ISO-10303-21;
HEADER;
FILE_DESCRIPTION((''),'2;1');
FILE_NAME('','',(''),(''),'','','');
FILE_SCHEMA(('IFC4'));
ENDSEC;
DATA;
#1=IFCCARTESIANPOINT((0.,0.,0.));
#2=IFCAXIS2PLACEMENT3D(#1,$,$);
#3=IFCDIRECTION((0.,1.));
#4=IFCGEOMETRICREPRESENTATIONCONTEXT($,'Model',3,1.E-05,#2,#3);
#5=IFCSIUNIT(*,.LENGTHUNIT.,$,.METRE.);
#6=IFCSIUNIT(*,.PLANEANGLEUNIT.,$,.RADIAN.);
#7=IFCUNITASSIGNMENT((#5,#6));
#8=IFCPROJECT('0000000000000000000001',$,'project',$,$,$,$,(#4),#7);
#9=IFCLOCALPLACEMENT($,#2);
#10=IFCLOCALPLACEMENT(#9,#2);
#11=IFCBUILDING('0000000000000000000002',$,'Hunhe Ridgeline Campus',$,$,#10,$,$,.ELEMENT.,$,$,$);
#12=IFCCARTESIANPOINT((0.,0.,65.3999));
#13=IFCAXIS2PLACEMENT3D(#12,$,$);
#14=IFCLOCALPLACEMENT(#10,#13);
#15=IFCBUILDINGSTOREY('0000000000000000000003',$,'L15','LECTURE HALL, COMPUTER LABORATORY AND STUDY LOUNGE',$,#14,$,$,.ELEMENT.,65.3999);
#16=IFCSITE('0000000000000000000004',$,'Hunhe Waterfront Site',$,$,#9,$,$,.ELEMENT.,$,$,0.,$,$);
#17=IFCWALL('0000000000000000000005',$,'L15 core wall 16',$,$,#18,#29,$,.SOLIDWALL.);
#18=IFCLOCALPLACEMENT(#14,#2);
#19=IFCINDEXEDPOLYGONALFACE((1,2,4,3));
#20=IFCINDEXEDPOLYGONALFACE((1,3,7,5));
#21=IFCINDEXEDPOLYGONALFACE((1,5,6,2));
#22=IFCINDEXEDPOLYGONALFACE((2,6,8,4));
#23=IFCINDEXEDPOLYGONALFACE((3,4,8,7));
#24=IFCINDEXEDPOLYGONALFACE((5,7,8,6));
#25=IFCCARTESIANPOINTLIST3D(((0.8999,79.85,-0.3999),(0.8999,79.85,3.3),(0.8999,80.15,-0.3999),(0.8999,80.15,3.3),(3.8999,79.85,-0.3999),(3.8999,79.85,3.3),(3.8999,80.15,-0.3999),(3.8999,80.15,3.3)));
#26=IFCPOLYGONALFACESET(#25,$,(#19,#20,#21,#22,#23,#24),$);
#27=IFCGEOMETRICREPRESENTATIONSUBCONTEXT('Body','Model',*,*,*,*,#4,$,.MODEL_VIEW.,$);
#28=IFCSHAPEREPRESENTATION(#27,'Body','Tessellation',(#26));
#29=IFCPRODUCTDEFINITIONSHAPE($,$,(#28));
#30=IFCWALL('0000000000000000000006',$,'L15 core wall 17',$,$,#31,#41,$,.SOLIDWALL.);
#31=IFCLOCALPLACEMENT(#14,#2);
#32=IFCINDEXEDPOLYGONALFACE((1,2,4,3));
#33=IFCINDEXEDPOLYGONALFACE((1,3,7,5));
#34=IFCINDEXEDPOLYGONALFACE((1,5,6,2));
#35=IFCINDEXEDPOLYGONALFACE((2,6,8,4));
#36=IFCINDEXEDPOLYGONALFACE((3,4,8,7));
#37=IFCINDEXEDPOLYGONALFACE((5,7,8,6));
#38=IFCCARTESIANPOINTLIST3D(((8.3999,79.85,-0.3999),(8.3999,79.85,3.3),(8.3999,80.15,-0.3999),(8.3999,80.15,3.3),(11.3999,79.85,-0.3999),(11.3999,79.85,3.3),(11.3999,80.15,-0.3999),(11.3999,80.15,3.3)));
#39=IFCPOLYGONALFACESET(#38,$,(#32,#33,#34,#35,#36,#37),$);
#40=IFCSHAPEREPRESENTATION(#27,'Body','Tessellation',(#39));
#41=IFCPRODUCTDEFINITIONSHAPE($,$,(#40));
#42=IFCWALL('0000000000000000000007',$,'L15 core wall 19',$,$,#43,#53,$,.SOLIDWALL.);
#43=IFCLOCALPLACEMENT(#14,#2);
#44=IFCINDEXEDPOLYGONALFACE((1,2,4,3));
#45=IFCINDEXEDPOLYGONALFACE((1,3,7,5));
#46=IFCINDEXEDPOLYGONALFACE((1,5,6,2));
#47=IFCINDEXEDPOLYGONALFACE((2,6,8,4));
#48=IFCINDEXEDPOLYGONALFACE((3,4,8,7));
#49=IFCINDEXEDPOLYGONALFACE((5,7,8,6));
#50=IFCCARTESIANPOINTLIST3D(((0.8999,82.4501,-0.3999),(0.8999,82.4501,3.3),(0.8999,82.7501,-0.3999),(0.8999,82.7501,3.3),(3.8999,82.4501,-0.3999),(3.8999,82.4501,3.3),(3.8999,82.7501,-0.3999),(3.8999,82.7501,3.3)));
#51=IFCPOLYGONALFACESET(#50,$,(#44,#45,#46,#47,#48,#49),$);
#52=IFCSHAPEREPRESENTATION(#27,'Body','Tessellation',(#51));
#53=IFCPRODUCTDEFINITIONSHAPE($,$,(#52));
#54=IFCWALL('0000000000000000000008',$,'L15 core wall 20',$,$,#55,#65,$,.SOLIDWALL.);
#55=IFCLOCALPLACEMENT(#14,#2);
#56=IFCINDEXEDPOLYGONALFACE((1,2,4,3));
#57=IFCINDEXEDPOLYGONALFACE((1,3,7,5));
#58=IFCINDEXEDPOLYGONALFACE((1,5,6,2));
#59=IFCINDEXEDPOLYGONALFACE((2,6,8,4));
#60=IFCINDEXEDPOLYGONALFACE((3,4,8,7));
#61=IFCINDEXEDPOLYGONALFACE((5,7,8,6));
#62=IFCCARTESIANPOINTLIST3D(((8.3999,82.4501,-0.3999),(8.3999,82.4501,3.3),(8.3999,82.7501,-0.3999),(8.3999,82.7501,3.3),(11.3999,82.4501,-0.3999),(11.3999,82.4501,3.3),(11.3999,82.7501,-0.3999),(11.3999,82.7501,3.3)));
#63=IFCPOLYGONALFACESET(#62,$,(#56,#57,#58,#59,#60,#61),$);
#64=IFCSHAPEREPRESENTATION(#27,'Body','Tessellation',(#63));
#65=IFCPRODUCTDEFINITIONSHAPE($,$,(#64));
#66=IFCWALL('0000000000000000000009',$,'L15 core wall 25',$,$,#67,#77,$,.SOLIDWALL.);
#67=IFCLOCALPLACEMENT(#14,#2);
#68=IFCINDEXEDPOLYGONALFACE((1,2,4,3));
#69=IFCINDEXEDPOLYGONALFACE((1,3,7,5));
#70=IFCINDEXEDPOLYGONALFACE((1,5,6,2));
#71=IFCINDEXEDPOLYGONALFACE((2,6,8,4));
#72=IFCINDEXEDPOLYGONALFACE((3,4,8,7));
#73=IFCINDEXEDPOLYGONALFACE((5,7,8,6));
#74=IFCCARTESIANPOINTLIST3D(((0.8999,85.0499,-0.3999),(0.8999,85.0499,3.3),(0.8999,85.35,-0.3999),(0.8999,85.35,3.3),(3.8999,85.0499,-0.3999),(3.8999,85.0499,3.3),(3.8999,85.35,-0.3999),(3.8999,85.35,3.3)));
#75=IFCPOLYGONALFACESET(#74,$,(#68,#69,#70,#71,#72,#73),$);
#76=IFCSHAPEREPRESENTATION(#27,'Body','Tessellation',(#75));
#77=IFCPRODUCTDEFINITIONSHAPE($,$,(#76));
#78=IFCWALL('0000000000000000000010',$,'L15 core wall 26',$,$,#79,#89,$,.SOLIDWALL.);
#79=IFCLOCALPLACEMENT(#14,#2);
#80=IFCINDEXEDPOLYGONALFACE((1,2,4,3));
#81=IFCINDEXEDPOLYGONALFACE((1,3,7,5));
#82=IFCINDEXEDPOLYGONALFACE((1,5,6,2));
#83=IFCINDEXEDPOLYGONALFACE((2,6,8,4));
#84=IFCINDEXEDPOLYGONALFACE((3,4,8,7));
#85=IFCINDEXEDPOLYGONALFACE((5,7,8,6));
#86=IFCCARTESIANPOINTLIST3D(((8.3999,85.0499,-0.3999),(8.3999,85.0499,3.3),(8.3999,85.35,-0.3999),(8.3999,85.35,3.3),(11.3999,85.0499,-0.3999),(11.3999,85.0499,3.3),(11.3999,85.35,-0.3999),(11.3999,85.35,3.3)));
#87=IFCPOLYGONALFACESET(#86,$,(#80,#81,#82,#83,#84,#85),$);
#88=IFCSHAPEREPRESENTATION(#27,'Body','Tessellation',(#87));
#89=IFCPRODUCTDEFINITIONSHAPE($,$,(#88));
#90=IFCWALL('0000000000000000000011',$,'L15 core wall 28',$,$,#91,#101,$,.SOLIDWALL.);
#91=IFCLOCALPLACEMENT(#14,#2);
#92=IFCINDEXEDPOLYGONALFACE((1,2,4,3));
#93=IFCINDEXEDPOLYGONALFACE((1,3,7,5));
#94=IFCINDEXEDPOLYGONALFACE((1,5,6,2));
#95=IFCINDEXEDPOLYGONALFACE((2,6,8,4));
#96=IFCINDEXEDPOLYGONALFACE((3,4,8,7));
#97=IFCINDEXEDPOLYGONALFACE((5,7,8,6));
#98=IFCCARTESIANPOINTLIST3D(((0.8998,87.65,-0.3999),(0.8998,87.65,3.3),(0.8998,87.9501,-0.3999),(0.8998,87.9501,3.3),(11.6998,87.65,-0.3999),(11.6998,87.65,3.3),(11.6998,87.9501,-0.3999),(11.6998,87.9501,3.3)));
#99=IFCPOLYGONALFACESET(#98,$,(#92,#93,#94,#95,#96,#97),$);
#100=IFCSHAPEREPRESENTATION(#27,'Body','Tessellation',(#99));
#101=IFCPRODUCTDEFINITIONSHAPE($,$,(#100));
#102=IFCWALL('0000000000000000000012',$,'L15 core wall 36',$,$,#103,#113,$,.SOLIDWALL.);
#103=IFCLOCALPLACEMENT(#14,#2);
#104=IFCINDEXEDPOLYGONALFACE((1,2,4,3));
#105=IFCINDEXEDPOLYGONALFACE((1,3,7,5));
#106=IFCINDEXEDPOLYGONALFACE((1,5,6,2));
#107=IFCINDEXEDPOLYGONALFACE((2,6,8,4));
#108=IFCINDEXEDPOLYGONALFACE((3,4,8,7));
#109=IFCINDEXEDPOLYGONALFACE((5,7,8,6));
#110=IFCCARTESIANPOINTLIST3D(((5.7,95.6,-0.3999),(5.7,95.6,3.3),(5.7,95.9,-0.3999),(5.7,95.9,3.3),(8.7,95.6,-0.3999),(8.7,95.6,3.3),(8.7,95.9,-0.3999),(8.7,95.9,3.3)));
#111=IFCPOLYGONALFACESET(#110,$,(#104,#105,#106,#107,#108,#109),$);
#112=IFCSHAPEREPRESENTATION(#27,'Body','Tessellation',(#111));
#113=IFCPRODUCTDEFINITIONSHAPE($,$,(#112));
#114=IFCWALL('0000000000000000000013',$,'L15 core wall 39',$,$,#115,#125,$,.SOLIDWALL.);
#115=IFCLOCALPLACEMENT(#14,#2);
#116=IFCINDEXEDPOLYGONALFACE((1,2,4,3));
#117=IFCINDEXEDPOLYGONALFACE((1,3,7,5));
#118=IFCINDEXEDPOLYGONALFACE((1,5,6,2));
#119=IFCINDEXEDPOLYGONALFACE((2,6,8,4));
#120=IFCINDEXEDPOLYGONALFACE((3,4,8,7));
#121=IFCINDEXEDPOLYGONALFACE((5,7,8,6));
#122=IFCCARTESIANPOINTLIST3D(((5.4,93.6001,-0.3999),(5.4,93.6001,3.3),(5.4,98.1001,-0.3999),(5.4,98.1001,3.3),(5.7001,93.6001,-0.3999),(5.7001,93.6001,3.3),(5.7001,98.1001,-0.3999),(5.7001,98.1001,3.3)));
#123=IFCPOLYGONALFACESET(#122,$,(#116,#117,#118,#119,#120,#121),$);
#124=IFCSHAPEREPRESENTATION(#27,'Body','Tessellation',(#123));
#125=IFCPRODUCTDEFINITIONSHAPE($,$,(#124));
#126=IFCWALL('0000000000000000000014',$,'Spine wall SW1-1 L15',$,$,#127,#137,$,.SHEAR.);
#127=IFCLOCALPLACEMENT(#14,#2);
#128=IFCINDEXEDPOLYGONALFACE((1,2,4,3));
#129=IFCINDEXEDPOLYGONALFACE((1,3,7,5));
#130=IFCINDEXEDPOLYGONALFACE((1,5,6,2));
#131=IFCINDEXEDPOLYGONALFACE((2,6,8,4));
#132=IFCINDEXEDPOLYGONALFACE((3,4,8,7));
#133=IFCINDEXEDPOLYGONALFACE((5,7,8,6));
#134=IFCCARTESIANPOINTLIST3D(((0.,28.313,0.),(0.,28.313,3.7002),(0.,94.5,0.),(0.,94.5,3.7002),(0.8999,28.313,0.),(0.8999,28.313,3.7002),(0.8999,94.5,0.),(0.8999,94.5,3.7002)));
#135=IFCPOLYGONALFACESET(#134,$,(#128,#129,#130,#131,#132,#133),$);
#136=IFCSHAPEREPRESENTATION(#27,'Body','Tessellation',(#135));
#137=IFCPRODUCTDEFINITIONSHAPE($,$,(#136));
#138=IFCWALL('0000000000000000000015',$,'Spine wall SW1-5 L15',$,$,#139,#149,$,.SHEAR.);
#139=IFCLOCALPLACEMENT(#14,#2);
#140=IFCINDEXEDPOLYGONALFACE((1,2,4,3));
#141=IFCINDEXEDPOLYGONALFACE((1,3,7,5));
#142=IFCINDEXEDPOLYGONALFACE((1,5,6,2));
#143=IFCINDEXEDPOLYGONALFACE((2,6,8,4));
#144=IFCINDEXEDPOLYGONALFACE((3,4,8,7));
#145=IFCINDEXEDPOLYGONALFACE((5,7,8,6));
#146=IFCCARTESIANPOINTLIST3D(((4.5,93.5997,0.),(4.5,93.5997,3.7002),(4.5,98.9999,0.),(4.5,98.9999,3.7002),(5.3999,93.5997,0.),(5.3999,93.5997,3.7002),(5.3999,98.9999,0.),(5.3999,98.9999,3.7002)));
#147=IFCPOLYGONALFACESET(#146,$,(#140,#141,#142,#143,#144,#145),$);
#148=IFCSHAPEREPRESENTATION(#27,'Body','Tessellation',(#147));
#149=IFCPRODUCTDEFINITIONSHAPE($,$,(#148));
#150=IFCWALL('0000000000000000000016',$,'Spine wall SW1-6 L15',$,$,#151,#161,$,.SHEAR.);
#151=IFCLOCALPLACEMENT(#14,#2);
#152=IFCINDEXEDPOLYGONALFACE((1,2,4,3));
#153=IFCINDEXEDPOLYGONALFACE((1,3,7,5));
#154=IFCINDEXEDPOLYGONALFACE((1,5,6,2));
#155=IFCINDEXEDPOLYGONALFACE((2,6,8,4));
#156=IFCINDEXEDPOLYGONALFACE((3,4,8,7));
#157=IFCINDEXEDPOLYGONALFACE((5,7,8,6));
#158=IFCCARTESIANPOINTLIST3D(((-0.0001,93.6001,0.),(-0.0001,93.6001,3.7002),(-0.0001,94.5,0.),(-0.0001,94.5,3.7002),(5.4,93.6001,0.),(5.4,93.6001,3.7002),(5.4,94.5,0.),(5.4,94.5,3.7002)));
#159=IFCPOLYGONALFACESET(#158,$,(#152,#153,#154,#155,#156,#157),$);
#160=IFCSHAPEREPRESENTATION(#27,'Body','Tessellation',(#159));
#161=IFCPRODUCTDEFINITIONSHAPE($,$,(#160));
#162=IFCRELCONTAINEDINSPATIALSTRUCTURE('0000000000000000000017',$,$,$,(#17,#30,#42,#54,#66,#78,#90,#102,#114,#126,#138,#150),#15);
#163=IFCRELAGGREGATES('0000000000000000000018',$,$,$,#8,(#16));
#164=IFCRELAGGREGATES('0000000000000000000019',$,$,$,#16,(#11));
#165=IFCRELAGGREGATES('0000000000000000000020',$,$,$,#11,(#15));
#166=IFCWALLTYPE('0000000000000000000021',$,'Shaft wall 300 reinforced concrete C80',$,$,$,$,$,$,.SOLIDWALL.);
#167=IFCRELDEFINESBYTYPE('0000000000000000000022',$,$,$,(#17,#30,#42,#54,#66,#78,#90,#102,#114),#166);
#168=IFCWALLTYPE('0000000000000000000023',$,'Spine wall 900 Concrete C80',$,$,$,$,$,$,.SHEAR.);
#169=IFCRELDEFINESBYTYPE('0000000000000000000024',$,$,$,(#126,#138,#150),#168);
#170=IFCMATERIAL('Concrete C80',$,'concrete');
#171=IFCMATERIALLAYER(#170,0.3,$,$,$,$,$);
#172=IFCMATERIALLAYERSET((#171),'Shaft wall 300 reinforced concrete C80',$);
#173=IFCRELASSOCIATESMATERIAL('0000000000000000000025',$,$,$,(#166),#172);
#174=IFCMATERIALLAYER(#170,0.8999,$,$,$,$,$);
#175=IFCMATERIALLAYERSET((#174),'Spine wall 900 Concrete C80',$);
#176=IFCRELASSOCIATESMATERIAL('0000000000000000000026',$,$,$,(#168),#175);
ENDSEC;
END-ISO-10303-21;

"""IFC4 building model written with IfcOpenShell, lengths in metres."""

from ifc_helpers import new_model, si_unit, direction, frame, frame_2d, origin, place, context, subcontext, project, spatial, rectangle, extrude, material, layer, layer_set, type_object, element, save


model = new_model("IFC4")

# Units and contexts
model_context = context("Model", 3, precision=1e-05, world=origin(), true_north=direction((0.0, 1.0)))
body_context = subcontext(model_context, "Body", "Model", "MODEL_VIEW")
ifc_project = project(units=[si_unit("LENGTHUNIT", "METRE"), si_unit("PLANEANGLEUNIT", "RADIAN")], contexts=[model_context])

# Site, building, storey
site_placement = place(None, origin())
site = spatial("IfcSite", under=ifc_project, at=site_placement, Name="Hunhe Waterfront Site", CompositionType="ELEMENT", RefElevation=0.0)
building_placement = place(site_placement, origin())
building = spatial("IfcBuilding", under=site, at=building_placement, Name="Hunhe Ridgeline Campus", CompositionType="ELEMENT")
storey_placement = place(building_placement, frame((0.0, 0.0, 65.3999)))
storey = spatial("IfcBuildingStorey", under=building, at=storey_placement, Name="L15", Description="LECTURE HALL, COMPUTER LABORATORY AND STUDY LOUNGE", CompositionType="ELEMENT", Elevation=65.3999)

# Shared definitions
ifc_material_1 = material(Name="Concrete C80", Category="concrete")

# Walls
ifc_layer_1 = layer(ifc_material_1, 0.3)
ifc_layer_set_1 = layer_set([ifc_layer_1], Name="Shaft wall 300 reinforced concrete C80")
wall_type_1 = type_object("IfcWallType", Name="Shaft wall 300 reinforced concrete C80", PredefinedType="SOLIDWALL", material=ifc_layer_set_1)
for number, where, z_axis, x_axis, name in (
    (1, (0.8999, 80.0, -0.3999), (0.0, 0.0, 1.0), (1.0, 0.0, 0.0), "L15 core wall 16"),
    (2, (8.3999, 80.0, -0.3999), (0.0, 0.0, 1.0), (1.0, 0.0, 0.0), "L15 core wall 17"),
    (3, (0.8999, 82.6001, -0.3999), (0.0, 0.0, 1.0), (1.0, 0.0, 0.0), "L15 core wall 19"),
    (4, (8.3999, 82.6001, -0.3999), (0.0, 0.0, 1.0), (1.0, 0.0, 0.0), "L15 core wall 20"),
    (5, (0.8999, 85.2, -0.3999), (0.0, 0.0, 1.0), (1.0, 0.0, 0.0), "L15 core wall 25"),
    (6, (8.3999, 85.2, -0.3999), (0.0, 0.0, 1.0), (1.0, 0.0, 0.0), "L15 core wall 26"),
):
    element("IfcWall", number, at=place(storey_placement, frame(where, z_axis=z_axis, x_axis=x_axis)), inside=storey, type_object=wall_type_1, Name=name, PredefinedType="SOLIDWALL", context=body_context, shape_type="SweptSolid", body=[
        extrude(rectangle(XDim=3.0, YDim=0.3, at=frame_2d((1.5, 0.0))), origin(), (0.0, 0.0, 1.0), 3.7),
    ])
wall_1_placement = place(storey_placement, frame((0.8999, 87.8, -0.3999), z_axis=(0.0, 0.0, 1.0), x_axis=(1.0, 0.0, 0.0)))
element("IfcWall", 7, at=wall_1_placement, inside=storey, type_object=wall_type_1, Name="L15 core wall 28", PredefinedType="SOLIDWALL", context=body_context, shape_type="SweptSolid", body=[
    extrude(rectangle(XDim=10.8, YDim=0.3, at=frame_2d((5.3999, 0.0))), origin(), (0.0, 0.0, 1.0), 3.7),
])

# Walls
wall_2_placement = place(storey_placement, frame((5.7, 95.75, -0.3999), z_axis=(0.0, 0.0, 1.0), x_axis=(1.0, 0.0, 0.0)))
element("IfcWall", 8, at=wall_2_placement, inside=storey, type_object=wall_type_1, Name="L15 core wall 36", PredefinedType="SOLIDWALL", context=body_context, shape_type="SweptSolid", body=[
    extrude(rectangle(XDim=3.0, YDim=0.3, at=frame_2d((1.5, 0.0))), origin(), (0.0, 0.0, 1.0), 3.7),
])
wall_3_placement = place(storey_placement, frame((5.55, 93.6001, -0.3999), z_axis=(0.0, 0.0, 1.0), x_axis=(0.0, 1.0, 0.0)))
element("IfcWall", 9, at=wall_3_placement, inside=storey, type_object=wall_type_1, Name="L15 core wall 39", PredefinedType="SOLIDWALL", context=body_context, shape_type="SweptSolid", body=[
    extrude(rectangle(XDim=4.5, YDim=0.3, at=frame_2d((2.25, 0.0))), origin(), (0.0, 0.0, 1.0), 3.7),
])

# Walls
ifc_layer_2 = layer(ifc_material_1, 0.8999)
ifc_layer_set_2 = layer_set([ifc_layer_2], Name="Spine wall 900 Concrete C80")
wall_type_2 = type_object("IfcWallType", Name="Spine wall 900 Concrete C80", PredefinedType="SHEAR", material=ifc_layer_set_2)
wall_4_placement = place(storey_placement, frame((0.45, 94.5, 0.0), z_axis=(0.0, 0.0, 1.0), x_axis=(0.0, -1.0, 0.0)))
element("IfcWall", 10, at=wall_4_placement, inside=storey, type_object=wall_type_2, Name="Spine wall SW1-1 L15", PredefinedType="SHEAR", context=body_context, shape_type="SweptSolid", body=[
    extrude(rectangle(XDim=66.187, YDim=0.8999, at=frame_2d((33.0935, 0.0))), origin(), (0.0, 0.0, 1.0), 3.7002),
])
for number, where, z_axis, x_axis, name in (
    (11, (4.95, 99.0, 0.0), (0.0, 0.0, 1.0), (0.0, -1.0, 0.0), "Spine wall SW1-5 L15"),
    (12, (5.4001, 94.05, 0.0), (0.0, 0.0, 1.0), (-1.0, 0.0, 0.0), "Spine wall SW1-6 L15"),
):
    element("IfcWall", number, at=place(storey_placement, frame(where, z_axis=z_axis, x_axis=x_axis)), inside=storey, type_object=wall_type_2, Name=name, PredefinedType="SHEAR", context=body_context, shape_type="SweptSolid", body=[
        extrude(rectangle(XDim=5.4001, YDim=0.8999, at=frame_2d((2.7002, 0.0))), origin(), (0.0, 0.0, 1.0), 3.7002),
    ])

save(model, "model.ifc")
